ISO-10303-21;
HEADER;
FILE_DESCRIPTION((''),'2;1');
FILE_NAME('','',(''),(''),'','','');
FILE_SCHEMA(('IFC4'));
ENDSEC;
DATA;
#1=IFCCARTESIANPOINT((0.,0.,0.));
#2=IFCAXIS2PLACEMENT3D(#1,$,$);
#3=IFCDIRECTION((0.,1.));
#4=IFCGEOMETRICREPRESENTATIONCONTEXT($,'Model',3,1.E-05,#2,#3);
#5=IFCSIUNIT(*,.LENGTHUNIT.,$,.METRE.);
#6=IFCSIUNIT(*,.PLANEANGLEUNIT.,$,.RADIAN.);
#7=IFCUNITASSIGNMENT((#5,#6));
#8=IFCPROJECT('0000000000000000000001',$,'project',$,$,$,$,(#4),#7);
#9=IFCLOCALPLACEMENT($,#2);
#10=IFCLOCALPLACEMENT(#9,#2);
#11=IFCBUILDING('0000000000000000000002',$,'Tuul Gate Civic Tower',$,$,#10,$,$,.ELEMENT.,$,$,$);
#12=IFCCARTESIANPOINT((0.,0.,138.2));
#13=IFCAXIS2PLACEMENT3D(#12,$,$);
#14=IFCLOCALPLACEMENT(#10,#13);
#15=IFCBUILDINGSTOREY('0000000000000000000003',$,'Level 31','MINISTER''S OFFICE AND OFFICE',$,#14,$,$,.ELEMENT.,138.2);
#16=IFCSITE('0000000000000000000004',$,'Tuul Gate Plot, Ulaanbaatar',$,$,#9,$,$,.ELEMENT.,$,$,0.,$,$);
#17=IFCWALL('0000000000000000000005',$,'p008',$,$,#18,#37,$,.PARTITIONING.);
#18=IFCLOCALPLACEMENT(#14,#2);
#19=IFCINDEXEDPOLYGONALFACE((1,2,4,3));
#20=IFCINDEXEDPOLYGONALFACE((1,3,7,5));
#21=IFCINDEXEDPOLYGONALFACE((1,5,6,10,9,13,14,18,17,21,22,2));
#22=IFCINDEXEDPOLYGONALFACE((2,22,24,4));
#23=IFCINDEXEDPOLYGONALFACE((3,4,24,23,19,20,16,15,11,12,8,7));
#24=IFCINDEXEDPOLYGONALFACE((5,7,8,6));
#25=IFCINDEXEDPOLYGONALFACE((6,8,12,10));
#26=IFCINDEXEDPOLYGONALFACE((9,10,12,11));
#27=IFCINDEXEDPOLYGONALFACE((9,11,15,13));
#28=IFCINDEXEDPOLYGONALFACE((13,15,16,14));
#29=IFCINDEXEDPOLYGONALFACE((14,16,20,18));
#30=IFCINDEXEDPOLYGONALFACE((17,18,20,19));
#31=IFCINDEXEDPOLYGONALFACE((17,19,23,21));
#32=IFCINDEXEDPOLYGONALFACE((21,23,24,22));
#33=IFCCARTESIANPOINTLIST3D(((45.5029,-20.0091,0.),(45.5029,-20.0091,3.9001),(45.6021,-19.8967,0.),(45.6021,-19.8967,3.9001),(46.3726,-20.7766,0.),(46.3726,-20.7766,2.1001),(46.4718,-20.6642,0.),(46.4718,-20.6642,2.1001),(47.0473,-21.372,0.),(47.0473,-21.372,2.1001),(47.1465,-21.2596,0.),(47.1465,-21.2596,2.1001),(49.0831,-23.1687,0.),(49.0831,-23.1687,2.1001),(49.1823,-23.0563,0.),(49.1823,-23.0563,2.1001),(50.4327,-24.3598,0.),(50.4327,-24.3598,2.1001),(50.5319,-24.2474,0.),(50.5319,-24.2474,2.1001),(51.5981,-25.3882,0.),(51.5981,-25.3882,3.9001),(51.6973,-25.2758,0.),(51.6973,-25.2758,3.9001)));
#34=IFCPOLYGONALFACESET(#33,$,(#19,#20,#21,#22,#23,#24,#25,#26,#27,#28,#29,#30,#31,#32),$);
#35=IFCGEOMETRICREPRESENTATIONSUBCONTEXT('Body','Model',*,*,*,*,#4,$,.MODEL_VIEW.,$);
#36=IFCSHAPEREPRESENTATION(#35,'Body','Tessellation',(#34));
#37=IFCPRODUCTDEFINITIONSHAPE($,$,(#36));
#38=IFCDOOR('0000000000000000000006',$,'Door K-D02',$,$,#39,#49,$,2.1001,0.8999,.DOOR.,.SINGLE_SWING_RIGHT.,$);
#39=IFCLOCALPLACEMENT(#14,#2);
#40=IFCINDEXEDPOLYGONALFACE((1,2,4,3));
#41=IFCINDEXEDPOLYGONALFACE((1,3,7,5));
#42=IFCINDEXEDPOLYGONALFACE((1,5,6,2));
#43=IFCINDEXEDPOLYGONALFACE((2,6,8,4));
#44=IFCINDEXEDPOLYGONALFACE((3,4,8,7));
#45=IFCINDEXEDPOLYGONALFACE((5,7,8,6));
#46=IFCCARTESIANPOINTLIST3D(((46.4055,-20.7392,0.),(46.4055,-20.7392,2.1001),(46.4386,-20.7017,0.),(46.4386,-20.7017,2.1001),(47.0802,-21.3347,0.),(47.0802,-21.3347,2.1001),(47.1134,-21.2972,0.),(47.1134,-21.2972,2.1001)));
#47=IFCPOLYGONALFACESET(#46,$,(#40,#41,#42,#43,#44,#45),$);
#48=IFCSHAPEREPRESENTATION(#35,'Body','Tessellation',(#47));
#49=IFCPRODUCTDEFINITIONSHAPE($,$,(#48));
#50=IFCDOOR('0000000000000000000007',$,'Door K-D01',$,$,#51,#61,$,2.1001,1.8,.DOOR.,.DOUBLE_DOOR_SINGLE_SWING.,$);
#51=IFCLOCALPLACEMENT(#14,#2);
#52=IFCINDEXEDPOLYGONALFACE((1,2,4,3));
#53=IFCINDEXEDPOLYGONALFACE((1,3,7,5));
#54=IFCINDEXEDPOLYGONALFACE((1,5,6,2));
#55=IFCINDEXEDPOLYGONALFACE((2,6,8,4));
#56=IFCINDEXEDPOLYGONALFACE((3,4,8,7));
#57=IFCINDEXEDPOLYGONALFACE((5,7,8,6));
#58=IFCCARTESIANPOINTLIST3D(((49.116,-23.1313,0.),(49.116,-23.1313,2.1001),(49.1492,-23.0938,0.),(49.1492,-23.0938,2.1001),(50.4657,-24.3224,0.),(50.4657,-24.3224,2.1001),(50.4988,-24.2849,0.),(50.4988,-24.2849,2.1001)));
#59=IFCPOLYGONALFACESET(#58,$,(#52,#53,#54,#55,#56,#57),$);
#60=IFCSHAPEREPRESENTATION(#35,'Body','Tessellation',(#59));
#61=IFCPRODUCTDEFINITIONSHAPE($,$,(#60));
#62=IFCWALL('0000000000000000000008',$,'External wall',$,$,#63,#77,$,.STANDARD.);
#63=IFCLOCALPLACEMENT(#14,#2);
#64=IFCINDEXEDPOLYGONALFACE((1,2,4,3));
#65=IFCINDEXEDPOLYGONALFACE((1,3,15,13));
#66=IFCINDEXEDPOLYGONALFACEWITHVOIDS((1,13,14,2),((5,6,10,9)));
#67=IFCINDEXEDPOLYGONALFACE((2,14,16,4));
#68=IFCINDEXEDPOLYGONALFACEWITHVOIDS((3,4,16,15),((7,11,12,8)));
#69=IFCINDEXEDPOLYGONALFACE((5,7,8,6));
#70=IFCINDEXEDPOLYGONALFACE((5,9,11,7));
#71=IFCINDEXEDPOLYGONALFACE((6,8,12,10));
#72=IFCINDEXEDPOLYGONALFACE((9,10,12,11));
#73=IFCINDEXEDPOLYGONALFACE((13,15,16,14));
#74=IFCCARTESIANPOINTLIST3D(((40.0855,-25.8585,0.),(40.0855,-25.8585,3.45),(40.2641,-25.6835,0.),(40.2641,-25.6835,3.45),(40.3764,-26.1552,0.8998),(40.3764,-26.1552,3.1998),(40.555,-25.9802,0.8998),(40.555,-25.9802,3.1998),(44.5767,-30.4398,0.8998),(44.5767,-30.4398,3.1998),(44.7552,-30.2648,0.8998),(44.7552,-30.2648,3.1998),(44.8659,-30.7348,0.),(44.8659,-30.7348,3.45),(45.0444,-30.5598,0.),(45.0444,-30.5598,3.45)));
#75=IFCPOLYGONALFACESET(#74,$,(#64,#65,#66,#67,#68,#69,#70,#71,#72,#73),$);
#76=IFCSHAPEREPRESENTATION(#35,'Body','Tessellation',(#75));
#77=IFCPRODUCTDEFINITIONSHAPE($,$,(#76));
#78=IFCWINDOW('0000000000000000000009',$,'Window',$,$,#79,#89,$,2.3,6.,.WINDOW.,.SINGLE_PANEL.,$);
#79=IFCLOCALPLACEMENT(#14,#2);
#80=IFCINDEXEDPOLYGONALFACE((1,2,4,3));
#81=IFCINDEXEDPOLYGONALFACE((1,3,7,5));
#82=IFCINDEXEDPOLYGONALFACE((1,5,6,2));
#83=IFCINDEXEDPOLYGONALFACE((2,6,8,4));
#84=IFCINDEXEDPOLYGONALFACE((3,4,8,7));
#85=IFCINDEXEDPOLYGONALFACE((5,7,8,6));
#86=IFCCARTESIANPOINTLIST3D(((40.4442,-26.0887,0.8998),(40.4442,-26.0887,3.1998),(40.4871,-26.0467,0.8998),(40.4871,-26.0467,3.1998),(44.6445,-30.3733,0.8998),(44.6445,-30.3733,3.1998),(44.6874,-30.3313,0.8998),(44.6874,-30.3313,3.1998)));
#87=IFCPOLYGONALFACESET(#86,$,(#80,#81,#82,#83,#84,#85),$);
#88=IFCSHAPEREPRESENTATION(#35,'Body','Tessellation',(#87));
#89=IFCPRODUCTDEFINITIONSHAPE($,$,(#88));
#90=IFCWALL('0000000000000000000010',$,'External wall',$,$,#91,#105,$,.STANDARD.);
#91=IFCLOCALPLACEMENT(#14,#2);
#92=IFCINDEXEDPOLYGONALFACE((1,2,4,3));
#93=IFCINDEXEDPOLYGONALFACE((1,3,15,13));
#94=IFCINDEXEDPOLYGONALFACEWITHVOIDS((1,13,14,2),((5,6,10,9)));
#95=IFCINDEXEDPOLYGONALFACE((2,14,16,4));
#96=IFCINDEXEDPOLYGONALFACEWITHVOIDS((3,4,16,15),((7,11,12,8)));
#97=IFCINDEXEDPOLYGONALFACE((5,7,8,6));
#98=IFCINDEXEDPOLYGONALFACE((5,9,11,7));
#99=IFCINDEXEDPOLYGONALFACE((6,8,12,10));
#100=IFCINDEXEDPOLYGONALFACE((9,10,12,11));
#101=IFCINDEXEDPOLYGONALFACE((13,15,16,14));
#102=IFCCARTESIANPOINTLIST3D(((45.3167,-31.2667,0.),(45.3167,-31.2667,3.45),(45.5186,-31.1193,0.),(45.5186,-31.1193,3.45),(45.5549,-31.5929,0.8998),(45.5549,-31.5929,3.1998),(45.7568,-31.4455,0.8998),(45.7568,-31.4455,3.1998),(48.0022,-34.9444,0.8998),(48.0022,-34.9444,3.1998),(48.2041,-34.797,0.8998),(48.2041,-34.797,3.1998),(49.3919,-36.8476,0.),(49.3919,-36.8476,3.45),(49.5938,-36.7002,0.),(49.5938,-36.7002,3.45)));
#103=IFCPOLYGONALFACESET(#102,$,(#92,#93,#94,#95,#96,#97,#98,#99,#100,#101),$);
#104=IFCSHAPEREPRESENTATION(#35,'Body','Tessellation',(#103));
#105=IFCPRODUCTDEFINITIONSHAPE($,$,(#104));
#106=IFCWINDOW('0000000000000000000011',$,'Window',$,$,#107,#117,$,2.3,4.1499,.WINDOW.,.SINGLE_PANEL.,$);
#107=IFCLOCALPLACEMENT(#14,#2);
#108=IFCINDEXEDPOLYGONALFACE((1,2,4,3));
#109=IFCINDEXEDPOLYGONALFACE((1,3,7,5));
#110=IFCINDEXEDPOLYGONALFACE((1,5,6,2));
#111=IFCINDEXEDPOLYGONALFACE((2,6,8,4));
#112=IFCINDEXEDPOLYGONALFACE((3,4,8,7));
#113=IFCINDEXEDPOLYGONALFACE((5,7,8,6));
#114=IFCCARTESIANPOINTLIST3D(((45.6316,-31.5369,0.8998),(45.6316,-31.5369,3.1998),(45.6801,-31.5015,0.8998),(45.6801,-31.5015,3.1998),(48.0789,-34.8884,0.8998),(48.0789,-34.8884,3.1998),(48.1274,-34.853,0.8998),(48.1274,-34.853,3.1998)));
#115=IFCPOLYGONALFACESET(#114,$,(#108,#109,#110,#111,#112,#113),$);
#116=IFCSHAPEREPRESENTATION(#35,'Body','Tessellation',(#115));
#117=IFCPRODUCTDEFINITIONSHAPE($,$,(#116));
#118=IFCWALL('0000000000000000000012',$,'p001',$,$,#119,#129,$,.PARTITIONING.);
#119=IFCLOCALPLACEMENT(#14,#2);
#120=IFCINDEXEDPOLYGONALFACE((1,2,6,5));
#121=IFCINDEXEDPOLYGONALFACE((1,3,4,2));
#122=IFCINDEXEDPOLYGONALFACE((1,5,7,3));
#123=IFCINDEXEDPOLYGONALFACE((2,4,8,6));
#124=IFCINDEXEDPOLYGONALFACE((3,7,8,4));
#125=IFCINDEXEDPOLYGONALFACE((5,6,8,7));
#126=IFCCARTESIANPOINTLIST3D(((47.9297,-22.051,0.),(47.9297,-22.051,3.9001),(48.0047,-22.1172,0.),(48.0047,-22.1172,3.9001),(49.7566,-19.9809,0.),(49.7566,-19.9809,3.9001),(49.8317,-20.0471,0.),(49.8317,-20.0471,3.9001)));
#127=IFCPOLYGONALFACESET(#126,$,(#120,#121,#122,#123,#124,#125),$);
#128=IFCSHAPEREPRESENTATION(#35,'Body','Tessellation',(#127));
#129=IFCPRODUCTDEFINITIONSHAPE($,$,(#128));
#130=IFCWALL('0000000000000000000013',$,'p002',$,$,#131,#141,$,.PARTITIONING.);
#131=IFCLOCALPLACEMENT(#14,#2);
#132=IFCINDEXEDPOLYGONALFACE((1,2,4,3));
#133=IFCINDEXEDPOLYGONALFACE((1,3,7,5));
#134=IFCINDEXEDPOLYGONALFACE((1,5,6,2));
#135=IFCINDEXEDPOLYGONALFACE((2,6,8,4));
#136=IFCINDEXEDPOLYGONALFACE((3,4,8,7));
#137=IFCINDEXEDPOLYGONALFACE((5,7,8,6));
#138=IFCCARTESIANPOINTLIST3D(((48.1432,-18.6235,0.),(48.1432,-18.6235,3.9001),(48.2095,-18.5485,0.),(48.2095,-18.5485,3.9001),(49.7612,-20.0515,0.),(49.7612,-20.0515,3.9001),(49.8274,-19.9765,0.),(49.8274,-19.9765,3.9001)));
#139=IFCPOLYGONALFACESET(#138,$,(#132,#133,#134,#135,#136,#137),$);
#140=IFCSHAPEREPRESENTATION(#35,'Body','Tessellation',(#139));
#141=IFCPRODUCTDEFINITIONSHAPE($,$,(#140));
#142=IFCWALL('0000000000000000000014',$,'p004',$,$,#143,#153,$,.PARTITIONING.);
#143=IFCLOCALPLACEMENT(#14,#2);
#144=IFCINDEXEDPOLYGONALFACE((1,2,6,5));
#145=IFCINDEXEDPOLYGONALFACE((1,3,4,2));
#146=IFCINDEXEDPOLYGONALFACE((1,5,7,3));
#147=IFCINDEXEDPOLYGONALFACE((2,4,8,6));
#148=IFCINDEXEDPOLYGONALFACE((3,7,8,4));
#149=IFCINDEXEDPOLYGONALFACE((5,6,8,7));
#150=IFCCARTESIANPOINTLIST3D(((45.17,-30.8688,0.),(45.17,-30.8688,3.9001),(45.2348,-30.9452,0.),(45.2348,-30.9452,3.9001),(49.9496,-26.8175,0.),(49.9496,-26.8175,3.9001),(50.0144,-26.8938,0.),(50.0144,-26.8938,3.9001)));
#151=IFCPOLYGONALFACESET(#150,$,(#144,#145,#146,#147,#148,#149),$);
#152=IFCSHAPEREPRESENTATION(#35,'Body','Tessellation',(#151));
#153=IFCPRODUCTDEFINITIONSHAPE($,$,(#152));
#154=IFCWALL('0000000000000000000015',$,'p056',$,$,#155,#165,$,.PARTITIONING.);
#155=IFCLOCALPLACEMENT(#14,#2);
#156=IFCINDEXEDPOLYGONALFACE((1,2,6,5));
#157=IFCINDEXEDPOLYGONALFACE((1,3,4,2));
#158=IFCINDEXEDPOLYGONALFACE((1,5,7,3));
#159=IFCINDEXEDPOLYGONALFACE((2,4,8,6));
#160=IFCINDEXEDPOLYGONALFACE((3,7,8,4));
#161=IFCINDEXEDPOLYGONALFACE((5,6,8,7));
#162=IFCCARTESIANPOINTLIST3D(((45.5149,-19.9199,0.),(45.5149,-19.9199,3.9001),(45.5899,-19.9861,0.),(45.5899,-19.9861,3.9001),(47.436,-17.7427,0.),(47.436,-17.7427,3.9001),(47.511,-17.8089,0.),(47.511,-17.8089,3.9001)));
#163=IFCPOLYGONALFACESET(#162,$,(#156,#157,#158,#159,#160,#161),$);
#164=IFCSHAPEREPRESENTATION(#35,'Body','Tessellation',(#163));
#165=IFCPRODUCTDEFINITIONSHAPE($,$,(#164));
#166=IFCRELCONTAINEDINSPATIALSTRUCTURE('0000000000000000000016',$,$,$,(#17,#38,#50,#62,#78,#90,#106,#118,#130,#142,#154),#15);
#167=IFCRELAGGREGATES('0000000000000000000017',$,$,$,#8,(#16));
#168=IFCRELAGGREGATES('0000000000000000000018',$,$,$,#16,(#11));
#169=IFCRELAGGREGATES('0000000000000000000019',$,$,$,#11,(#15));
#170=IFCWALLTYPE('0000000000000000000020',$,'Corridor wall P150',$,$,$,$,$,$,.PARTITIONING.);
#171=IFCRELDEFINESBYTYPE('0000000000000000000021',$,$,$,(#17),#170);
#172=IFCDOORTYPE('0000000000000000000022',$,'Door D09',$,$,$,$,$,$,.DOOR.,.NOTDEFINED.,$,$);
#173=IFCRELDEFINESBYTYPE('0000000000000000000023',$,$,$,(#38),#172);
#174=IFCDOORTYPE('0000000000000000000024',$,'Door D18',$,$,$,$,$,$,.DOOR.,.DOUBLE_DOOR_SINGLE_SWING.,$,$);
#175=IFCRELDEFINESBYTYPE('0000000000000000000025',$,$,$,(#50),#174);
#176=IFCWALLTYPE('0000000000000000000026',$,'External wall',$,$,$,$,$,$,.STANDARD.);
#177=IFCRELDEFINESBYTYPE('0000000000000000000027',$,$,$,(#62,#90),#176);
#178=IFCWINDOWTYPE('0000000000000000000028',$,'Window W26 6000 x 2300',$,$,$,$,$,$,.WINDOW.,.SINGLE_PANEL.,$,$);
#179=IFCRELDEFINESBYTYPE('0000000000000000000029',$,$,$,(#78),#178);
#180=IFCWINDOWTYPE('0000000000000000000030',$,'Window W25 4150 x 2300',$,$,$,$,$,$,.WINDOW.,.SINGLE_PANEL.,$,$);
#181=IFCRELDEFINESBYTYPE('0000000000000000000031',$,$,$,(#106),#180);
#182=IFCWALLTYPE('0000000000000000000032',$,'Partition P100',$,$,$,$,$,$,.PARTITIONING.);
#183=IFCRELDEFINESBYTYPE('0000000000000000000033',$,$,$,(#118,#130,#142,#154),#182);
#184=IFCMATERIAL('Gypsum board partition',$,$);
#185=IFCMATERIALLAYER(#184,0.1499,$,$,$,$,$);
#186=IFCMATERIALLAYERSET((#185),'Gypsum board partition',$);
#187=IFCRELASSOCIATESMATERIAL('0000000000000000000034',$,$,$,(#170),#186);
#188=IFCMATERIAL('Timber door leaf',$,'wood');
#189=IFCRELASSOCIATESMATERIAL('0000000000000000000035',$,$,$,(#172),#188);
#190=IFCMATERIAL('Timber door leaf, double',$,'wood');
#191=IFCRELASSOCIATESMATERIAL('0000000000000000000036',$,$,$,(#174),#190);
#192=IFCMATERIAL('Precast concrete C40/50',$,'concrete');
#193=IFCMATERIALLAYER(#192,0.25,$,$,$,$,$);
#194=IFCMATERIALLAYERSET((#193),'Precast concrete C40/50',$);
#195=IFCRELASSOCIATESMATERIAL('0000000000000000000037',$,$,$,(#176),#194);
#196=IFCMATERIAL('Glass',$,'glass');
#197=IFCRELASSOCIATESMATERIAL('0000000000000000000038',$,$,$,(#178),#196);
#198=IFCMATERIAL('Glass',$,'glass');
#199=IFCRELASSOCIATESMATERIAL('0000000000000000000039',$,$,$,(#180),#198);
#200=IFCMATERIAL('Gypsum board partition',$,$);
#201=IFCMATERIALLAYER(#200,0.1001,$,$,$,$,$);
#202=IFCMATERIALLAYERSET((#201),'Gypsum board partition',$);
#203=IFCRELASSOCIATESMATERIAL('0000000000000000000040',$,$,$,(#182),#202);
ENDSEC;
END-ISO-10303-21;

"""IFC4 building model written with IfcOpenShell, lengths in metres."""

from ifc_helpers import new_model, si_unit, direction, frame, frame_2d, origin, place, context, subcontext, project, spatial, rectangle, extrude, material, layer, layer_set, type_object, element, fill, save


model = new_model("IFC4")

# Units and contexts
model_context = context("Model", 3, precision=1e-05, world=origin(), true_north=direction((0.0, 1.0)))
body_context = subcontext(model_context, "Body", "Model", "MODEL_VIEW")
ifc_project = project(units=[si_unit("LENGTHUNIT", "METRE"), si_unit("PLANEANGLEUNIT", "RADIAN")], contexts=[model_context])

# Site, building, storey
site_placement = place(None, origin())
site = spatial("IfcSite", under=ifc_project, at=site_placement, Name="Tuul Gate Plot, Ulaanbaatar", CompositionType="ELEMENT", RefElevation=0.0)
building_placement = place(site_placement, origin())
building = spatial("IfcBuilding", under=site, at=building_placement, Name="Tuul Gate Civic Tower", CompositionType="ELEMENT")
storey_placement = place(building_placement, frame((0.0, 0.0, 138.2)))
storey = spatial("IfcBuildingStorey", under=building, at=storey_placement, Name="Level 31", Description="MINISTER'S OFFICE AND OFFICE", CompositionType="ELEMENT", Elevation=138.2)

# Wall, openings, doors
ifc_material_1 = material(Name="Gypsum board partition")
ifc_layer_1 = layer(ifc_material_1, 0.1499)
ifc_layer_set_1 = layer_set([ifc_layer_1], Name="Gypsum board partition")
wall_type_1 = type_object("IfcWallType", Name="Corridor wall P150", PredefinedType="PARTITIONING", material=ifc_layer_set_1)
wall_1_placement = place(storey_placement, frame((45.5525, -19.9529, 0.0), z_axis=(0.0, 0.0, 1.0), x_axis=(0.749776, -0.661692, 0.0)))
wall_1 = element("IfcWall", 1, at=wall_1_placement, inside=storey, type_object=wall_type_1, Name="p008", PredefinedType="PARTITIONING", context=body_context, shape_type="SweptSolid", body=[
    extrude(rectangle(XDim=8.1294, YDim=0.1499, at=frame_2d((4.0647, 0.0))), origin(), (0.0, 0.0, 1.0), 3.9001),
])
opening_1_placement = place(wall_1_placement, frame((4.7751, 0.0, 0.0)))
opening_1 = element("IfcOpeningElement", 2, at=opening_1_placement, cuts=wall_1, PredefinedType="OPENING", context=body_context, shape_type="SweptSolid", body=[
    extrude(rectangle(XDim=1.8, YDim=2.1001, at=frame_2d((0.8999, 1.05))), frame((0.0, 0.085, 0.0), z_axis=(0.0, -1.0, 0.0), x_axis=(1.0, 0.0, 0.0)), (0.0, 0.0, 1.0), 0.1699),
])
opening_2_placement = place(wall_1_placement, frame((1.1599, 0.0, 0.0)))
opening_2 = element("IfcOpeningElement", 3, at=opening_2_placement, cuts=wall_1, PredefinedType="OPENING", context=body_context, shape_type="SweptSolid", body=[
    extrude(rectangle(XDim=0.8999, YDim=2.1001, at=frame_2d((0.45, 1.05))), frame((0.0, 0.085, 0.0), z_axis=(0.0, -1.0, 0.0), x_axis=(1.0, 0.0, 0.0)), (0.0, 0.0, 1.0), 0.1699),
])
ifc_material_2 = material(Name="Timber door leaf", Category="wood")
door_type_1 = type_object("IfcDoorType", Name="Door D09", OperationType="NOTDEFINED", PredefinedType="DOOR", material=ifc_material_2)
door_1_placement = place(opening_2_placement, origin())
door_1 = element("IfcDoor", 4, at=door_1_placement, inside=storey, type_object=door_type_1, Name="Door K-D02", OperationType="SINGLE_SWING_RIGHT", OverallHeight=2.1001, OverallWidth=0.8999, PredefinedType="DOOR", context=body_context, shape_type="SweptSolid", body=[
    extrude(rectangle(XDim=0.8999, YDim=2.1001, at=frame_2d((0.45, 1.05))), frame((0.0, 0.0249, 0.0), z_axis=(0.0, -1.0, 0.0), x_axis=(1.0, 0.0, 0.0)), (0.0, 0.0, 1.0), 0.05),
])
fill(opening_2, door_1)
ifc_material_3 = material(Name="Timber door leaf, double", Category="wood")
door_type_2 = type_object("IfcDoorType", Name="Door D18", OperationType="DOUBLE_DOOR_SINGLE_SWING", PredefinedType="DOOR", material=ifc_material_3)
door_2_placement = place(opening_1_placement, origin())
door_2 = element("IfcDoor", 5, at=door_2_placement, inside=storey, type_object=door_type_2, Name="Door K-D01", OperationType="DOUBLE_DOOR_SINGLE_SWING", OverallHeight=2.1001, OverallWidth=1.8, PredefinedType="DOOR", context=body_context, shape_type="SweptSolid", body=[
    extrude(rectangle(XDim=1.8, YDim=2.1001, at=frame_2d((0.8999, 1.05))), frame((0.0, 0.0249, 0.0), z_axis=(0.0, -1.0, 0.0), x_axis=(1.0, 0.0, 0.0)), (0.0, 0.0, 1.0), 0.05),
])
fill(opening_1, door_2)

# Walls, openings, windows
ifc_material_4 = material(Name="Precast concrete C40/50", Category="concrete")
ifc_layer_2 = layer(ifc_material_4, 0.25)
ifc_layer_set_2 = layer_set([ifc_layer_2], Name="Precast concrete C40/50")
wall_type_2 = type_object("IfcWallType", Name="External wall", PredefinedType="STANDARD", material=ifc_layer_set_2)
wall_2_placement = place(storey_placement, frame((40.1748, -25.771, 0.0), z_axis=(0.0, 0.0, 1.0), x_axis=(0.700046, -0.714097, 0.0)))
wall_2 = element("IfcWall", 6, at=wall_2_placement, inside=storey, type_object=wall_type_2, Name="External wall", PredefinedType="STANDARD", context=body_context, shape_type="SweptSolid", body=[
    extrude(rectangle(XDim=6.8286, YDim=0.25, at=frame_2d((3.4143, 0.0))), origin(), (0.0, 0.0, 1.0), 3.45),
])
opening_3_placement = place(wall_2_placement, frame((0.4155, 0.0, 0.8999)))
opening_3 = element("IfcOpeningElement", 7, at=opening_3_placement, cuts=wall_2, PredefinedType="OPENING", context=body_context, shape_type="SweptSolid", body=[
    extrude(rectangle(XDim=6.0, YDim=2.3, at=frame_2d((3.0, 1.1499))), frame((0.0, 0.135, 0.0), z_axis=(0.0, -1.0, 0.0), x_axis=(1.0, 0.0, 0.0)), (0.0, 0.0, 1.0), 0.27),
])
ifc_material_5 = material(Name="Glass", Category="glass")
window_type_1 = type_object("IfcWindowType", Name="Window W26 6000 x 2300", PartitioningType="SINGLE_PANEL", PredefinedType="WINDOW", material=ifc_material_5)
window_1_placement = place(opening_3_placement, origin())
window_1 = element("IfcWindow", 8, at=window_1_placement, inside=storey, type_object=window_type_1, Name="Window", OverallHeight=2.3, OverallWidth=6.0, PartitioningType="SINGLE_PANEL", PredefinedType="WINDOW", context=body_context, shape_type="SweptSolid", body=[
    extrude(rectangle(XDim=6.0, YDim=2.3, at=frame_2d((3.0, 1.1499))), frame((0.0, 0.03, 0.0), z_axis=(0.0, -1.0, 0.0), x_axis=(1.0, 0.0, 0.0)), (0.0, 0.0, 1.0), 0.0601),
])
fill(opening_3, window_1)
wall_3_placement = place(storey_placement, frame((45.4177, -31.1931, 0.0), z_axis=(0.0, 0.0, 1.0), x_axis=(0.589725, -0.807604, 0.0)))
wall_3 = element("IfcWall", 9, at=wall_3_placement, inside=storey, type_object=wall_type_2, Name="External wall", PredefinedType="STANDARD", context=body_context, shape_type="SweptSolid", body=[
    extrude(rectangle(XDim=6.9104, YDim=0.25, at=frame_2d((3.4551, 0.0))), origin(), (0.0, 0.0, 1.0), 3.45),
])
opening_4_placement = place(wall_3_placement, frame((0.4038, 0.0, 0.8999)))
opening_4 = element("IfcOpeningElement", 10, at=opening_4_placement, cuts=wall_3, PredefinedType="OPENING", context=body_context, shape_type="SweptSolid", body=[
    extrude(rectangle(XDim=4.1499, YDim=2.3, at=frame_2d((2.075, 1.1499))), frame((0.0, 0.135, 0.0), z_axis=(0.0, -1.0, 0.0), x_axis=(1.0, 0.0, 0.0)), (0.0, 0.0, 1.0), 0.27),
])
ifc_material_6 = material(Name="Glass", Category="glass")
window_type_2 = type_object("IfcWindowType", Name="Window W25 4150 x 2300", PartitioningType="SINGLE_PANEL", PredefinedType="WINDOW", material=ifc_material_6)
window_2_placement = place(opening_4_placement, origin())
window_2 = element("IfcWindow", 11, at=window_2_placement, inside=storey, type_object=window_type_2, Name="Window", OverallHeight=2.3, OverallWidth=4.1499, PartitioningType="SINGLE_PANEL", PredefinedType="WINDOW", context=body_context, shape_type="SweptSolid", body=[
    extrude(rectangle(XDim=4.1499, YDim=2.3, at=frame_2d((2.075, 1.1499))), frame((0.0, 0.03, 0.0), z_axis=(0.0, -1.0, 0.0), x_axis=(1.0, 0.0, 0.0)), (0.0, 0.0, 1.0), 0.0601),
])
fill(opening_4, window_2)

# Walls
ifc_material_7 = material(Name="Gypsum board partition")
ifc_layer_3 = layer(ifc_material_7, 0.1001)
ifc_layer_set_3 = layer_set([ifc_layer_3], Name="Gypsum board partition")
wall_type_3 = type_object("IfcWallType", Name="Partition P100", PredefinedType="PARTITIONING", material=ifc_layer_set_3)
wall_4_placement = place(storey_placement, frame((47.9673, -22.084, 0.0), z_axis=(0.0, 0.0, 1.0), x_axis=(0.661698, 0.749771, 0.0)))
element("IfcWall", 12, at=wall_4_placement, inside=storey, type_object=wall_type_3, Name="p001", PredefinedType="PARTITIONING", context=body_context, shape_type="SweptSolid", body=[
    extrude(rectangle(XDim=2.761, YDim=0.1001, at=frame_2d((1.3804, 0.0))), origin(), (0.0, 0.0, 1.0), 3.9001),
])
wall_5_placement = place(storey_placement, frame((48.1763, -18.5859, 0.0), z_axis=(0.0, 0.0, 1.0), x_axis=(0.749745, -0.661726, 0.0)))
element("IfcWall", 13, at=wall_5_placement, inside=storey, type_object=wall_type_3, Name="p002", PredefinedType="PARTITIONING", context=body_context, shape_type="SweptSolid", body=[
    extrude(rectangle(XDim=2.158, YDim=0.1001, at=frame_2d((1.0791, 0.0))), origin(), (0.0, 0.0, 1.0), 3.9001),
])
wall_6_placement = place(storey_placement, frame((45.2024, -30.907, 0.0), z_axis=(0.0, 0.0, 1.0), x_axis=(0.762832, 0.646597, 0.0)))
element("IfcWall", 14, at=wall_6_placement, inside=storey, type_object=wall_type_3, Name="p004", PredefinedType="PARTITIONING", context=body_context, shape_type="SweptSolid", body=[
    extrude(rectangle(XDim=6.2656, YDim=0.1001, at=frame_2d((3.1328, 0.0))), origin(), (0.0, 0.0, 1.0), 3.9001),
])
wall_7_placement = place(storey_placement, frame((45.5525, -19.9529, 0.0), z_axis=(0.0, 0.0, 1.0), x_axis=(0.66163, 0.74983, 0.0)))
element("IfcWall", 15, at=wall_7_placement, inside=storey, type_object=wall_type_3, Name="p056", PredefinedType="PARTITIONING", context=body_context, shape_type="SweptSolid", body=[
    extrude(rectangle(XDim=2.9036, YDim=0.1001, at=frame_2d((1.4517, 0.0))), origin(), (0.0, 0.0, 1.0), 3.9001),
])

save(model, "model.ifc")
